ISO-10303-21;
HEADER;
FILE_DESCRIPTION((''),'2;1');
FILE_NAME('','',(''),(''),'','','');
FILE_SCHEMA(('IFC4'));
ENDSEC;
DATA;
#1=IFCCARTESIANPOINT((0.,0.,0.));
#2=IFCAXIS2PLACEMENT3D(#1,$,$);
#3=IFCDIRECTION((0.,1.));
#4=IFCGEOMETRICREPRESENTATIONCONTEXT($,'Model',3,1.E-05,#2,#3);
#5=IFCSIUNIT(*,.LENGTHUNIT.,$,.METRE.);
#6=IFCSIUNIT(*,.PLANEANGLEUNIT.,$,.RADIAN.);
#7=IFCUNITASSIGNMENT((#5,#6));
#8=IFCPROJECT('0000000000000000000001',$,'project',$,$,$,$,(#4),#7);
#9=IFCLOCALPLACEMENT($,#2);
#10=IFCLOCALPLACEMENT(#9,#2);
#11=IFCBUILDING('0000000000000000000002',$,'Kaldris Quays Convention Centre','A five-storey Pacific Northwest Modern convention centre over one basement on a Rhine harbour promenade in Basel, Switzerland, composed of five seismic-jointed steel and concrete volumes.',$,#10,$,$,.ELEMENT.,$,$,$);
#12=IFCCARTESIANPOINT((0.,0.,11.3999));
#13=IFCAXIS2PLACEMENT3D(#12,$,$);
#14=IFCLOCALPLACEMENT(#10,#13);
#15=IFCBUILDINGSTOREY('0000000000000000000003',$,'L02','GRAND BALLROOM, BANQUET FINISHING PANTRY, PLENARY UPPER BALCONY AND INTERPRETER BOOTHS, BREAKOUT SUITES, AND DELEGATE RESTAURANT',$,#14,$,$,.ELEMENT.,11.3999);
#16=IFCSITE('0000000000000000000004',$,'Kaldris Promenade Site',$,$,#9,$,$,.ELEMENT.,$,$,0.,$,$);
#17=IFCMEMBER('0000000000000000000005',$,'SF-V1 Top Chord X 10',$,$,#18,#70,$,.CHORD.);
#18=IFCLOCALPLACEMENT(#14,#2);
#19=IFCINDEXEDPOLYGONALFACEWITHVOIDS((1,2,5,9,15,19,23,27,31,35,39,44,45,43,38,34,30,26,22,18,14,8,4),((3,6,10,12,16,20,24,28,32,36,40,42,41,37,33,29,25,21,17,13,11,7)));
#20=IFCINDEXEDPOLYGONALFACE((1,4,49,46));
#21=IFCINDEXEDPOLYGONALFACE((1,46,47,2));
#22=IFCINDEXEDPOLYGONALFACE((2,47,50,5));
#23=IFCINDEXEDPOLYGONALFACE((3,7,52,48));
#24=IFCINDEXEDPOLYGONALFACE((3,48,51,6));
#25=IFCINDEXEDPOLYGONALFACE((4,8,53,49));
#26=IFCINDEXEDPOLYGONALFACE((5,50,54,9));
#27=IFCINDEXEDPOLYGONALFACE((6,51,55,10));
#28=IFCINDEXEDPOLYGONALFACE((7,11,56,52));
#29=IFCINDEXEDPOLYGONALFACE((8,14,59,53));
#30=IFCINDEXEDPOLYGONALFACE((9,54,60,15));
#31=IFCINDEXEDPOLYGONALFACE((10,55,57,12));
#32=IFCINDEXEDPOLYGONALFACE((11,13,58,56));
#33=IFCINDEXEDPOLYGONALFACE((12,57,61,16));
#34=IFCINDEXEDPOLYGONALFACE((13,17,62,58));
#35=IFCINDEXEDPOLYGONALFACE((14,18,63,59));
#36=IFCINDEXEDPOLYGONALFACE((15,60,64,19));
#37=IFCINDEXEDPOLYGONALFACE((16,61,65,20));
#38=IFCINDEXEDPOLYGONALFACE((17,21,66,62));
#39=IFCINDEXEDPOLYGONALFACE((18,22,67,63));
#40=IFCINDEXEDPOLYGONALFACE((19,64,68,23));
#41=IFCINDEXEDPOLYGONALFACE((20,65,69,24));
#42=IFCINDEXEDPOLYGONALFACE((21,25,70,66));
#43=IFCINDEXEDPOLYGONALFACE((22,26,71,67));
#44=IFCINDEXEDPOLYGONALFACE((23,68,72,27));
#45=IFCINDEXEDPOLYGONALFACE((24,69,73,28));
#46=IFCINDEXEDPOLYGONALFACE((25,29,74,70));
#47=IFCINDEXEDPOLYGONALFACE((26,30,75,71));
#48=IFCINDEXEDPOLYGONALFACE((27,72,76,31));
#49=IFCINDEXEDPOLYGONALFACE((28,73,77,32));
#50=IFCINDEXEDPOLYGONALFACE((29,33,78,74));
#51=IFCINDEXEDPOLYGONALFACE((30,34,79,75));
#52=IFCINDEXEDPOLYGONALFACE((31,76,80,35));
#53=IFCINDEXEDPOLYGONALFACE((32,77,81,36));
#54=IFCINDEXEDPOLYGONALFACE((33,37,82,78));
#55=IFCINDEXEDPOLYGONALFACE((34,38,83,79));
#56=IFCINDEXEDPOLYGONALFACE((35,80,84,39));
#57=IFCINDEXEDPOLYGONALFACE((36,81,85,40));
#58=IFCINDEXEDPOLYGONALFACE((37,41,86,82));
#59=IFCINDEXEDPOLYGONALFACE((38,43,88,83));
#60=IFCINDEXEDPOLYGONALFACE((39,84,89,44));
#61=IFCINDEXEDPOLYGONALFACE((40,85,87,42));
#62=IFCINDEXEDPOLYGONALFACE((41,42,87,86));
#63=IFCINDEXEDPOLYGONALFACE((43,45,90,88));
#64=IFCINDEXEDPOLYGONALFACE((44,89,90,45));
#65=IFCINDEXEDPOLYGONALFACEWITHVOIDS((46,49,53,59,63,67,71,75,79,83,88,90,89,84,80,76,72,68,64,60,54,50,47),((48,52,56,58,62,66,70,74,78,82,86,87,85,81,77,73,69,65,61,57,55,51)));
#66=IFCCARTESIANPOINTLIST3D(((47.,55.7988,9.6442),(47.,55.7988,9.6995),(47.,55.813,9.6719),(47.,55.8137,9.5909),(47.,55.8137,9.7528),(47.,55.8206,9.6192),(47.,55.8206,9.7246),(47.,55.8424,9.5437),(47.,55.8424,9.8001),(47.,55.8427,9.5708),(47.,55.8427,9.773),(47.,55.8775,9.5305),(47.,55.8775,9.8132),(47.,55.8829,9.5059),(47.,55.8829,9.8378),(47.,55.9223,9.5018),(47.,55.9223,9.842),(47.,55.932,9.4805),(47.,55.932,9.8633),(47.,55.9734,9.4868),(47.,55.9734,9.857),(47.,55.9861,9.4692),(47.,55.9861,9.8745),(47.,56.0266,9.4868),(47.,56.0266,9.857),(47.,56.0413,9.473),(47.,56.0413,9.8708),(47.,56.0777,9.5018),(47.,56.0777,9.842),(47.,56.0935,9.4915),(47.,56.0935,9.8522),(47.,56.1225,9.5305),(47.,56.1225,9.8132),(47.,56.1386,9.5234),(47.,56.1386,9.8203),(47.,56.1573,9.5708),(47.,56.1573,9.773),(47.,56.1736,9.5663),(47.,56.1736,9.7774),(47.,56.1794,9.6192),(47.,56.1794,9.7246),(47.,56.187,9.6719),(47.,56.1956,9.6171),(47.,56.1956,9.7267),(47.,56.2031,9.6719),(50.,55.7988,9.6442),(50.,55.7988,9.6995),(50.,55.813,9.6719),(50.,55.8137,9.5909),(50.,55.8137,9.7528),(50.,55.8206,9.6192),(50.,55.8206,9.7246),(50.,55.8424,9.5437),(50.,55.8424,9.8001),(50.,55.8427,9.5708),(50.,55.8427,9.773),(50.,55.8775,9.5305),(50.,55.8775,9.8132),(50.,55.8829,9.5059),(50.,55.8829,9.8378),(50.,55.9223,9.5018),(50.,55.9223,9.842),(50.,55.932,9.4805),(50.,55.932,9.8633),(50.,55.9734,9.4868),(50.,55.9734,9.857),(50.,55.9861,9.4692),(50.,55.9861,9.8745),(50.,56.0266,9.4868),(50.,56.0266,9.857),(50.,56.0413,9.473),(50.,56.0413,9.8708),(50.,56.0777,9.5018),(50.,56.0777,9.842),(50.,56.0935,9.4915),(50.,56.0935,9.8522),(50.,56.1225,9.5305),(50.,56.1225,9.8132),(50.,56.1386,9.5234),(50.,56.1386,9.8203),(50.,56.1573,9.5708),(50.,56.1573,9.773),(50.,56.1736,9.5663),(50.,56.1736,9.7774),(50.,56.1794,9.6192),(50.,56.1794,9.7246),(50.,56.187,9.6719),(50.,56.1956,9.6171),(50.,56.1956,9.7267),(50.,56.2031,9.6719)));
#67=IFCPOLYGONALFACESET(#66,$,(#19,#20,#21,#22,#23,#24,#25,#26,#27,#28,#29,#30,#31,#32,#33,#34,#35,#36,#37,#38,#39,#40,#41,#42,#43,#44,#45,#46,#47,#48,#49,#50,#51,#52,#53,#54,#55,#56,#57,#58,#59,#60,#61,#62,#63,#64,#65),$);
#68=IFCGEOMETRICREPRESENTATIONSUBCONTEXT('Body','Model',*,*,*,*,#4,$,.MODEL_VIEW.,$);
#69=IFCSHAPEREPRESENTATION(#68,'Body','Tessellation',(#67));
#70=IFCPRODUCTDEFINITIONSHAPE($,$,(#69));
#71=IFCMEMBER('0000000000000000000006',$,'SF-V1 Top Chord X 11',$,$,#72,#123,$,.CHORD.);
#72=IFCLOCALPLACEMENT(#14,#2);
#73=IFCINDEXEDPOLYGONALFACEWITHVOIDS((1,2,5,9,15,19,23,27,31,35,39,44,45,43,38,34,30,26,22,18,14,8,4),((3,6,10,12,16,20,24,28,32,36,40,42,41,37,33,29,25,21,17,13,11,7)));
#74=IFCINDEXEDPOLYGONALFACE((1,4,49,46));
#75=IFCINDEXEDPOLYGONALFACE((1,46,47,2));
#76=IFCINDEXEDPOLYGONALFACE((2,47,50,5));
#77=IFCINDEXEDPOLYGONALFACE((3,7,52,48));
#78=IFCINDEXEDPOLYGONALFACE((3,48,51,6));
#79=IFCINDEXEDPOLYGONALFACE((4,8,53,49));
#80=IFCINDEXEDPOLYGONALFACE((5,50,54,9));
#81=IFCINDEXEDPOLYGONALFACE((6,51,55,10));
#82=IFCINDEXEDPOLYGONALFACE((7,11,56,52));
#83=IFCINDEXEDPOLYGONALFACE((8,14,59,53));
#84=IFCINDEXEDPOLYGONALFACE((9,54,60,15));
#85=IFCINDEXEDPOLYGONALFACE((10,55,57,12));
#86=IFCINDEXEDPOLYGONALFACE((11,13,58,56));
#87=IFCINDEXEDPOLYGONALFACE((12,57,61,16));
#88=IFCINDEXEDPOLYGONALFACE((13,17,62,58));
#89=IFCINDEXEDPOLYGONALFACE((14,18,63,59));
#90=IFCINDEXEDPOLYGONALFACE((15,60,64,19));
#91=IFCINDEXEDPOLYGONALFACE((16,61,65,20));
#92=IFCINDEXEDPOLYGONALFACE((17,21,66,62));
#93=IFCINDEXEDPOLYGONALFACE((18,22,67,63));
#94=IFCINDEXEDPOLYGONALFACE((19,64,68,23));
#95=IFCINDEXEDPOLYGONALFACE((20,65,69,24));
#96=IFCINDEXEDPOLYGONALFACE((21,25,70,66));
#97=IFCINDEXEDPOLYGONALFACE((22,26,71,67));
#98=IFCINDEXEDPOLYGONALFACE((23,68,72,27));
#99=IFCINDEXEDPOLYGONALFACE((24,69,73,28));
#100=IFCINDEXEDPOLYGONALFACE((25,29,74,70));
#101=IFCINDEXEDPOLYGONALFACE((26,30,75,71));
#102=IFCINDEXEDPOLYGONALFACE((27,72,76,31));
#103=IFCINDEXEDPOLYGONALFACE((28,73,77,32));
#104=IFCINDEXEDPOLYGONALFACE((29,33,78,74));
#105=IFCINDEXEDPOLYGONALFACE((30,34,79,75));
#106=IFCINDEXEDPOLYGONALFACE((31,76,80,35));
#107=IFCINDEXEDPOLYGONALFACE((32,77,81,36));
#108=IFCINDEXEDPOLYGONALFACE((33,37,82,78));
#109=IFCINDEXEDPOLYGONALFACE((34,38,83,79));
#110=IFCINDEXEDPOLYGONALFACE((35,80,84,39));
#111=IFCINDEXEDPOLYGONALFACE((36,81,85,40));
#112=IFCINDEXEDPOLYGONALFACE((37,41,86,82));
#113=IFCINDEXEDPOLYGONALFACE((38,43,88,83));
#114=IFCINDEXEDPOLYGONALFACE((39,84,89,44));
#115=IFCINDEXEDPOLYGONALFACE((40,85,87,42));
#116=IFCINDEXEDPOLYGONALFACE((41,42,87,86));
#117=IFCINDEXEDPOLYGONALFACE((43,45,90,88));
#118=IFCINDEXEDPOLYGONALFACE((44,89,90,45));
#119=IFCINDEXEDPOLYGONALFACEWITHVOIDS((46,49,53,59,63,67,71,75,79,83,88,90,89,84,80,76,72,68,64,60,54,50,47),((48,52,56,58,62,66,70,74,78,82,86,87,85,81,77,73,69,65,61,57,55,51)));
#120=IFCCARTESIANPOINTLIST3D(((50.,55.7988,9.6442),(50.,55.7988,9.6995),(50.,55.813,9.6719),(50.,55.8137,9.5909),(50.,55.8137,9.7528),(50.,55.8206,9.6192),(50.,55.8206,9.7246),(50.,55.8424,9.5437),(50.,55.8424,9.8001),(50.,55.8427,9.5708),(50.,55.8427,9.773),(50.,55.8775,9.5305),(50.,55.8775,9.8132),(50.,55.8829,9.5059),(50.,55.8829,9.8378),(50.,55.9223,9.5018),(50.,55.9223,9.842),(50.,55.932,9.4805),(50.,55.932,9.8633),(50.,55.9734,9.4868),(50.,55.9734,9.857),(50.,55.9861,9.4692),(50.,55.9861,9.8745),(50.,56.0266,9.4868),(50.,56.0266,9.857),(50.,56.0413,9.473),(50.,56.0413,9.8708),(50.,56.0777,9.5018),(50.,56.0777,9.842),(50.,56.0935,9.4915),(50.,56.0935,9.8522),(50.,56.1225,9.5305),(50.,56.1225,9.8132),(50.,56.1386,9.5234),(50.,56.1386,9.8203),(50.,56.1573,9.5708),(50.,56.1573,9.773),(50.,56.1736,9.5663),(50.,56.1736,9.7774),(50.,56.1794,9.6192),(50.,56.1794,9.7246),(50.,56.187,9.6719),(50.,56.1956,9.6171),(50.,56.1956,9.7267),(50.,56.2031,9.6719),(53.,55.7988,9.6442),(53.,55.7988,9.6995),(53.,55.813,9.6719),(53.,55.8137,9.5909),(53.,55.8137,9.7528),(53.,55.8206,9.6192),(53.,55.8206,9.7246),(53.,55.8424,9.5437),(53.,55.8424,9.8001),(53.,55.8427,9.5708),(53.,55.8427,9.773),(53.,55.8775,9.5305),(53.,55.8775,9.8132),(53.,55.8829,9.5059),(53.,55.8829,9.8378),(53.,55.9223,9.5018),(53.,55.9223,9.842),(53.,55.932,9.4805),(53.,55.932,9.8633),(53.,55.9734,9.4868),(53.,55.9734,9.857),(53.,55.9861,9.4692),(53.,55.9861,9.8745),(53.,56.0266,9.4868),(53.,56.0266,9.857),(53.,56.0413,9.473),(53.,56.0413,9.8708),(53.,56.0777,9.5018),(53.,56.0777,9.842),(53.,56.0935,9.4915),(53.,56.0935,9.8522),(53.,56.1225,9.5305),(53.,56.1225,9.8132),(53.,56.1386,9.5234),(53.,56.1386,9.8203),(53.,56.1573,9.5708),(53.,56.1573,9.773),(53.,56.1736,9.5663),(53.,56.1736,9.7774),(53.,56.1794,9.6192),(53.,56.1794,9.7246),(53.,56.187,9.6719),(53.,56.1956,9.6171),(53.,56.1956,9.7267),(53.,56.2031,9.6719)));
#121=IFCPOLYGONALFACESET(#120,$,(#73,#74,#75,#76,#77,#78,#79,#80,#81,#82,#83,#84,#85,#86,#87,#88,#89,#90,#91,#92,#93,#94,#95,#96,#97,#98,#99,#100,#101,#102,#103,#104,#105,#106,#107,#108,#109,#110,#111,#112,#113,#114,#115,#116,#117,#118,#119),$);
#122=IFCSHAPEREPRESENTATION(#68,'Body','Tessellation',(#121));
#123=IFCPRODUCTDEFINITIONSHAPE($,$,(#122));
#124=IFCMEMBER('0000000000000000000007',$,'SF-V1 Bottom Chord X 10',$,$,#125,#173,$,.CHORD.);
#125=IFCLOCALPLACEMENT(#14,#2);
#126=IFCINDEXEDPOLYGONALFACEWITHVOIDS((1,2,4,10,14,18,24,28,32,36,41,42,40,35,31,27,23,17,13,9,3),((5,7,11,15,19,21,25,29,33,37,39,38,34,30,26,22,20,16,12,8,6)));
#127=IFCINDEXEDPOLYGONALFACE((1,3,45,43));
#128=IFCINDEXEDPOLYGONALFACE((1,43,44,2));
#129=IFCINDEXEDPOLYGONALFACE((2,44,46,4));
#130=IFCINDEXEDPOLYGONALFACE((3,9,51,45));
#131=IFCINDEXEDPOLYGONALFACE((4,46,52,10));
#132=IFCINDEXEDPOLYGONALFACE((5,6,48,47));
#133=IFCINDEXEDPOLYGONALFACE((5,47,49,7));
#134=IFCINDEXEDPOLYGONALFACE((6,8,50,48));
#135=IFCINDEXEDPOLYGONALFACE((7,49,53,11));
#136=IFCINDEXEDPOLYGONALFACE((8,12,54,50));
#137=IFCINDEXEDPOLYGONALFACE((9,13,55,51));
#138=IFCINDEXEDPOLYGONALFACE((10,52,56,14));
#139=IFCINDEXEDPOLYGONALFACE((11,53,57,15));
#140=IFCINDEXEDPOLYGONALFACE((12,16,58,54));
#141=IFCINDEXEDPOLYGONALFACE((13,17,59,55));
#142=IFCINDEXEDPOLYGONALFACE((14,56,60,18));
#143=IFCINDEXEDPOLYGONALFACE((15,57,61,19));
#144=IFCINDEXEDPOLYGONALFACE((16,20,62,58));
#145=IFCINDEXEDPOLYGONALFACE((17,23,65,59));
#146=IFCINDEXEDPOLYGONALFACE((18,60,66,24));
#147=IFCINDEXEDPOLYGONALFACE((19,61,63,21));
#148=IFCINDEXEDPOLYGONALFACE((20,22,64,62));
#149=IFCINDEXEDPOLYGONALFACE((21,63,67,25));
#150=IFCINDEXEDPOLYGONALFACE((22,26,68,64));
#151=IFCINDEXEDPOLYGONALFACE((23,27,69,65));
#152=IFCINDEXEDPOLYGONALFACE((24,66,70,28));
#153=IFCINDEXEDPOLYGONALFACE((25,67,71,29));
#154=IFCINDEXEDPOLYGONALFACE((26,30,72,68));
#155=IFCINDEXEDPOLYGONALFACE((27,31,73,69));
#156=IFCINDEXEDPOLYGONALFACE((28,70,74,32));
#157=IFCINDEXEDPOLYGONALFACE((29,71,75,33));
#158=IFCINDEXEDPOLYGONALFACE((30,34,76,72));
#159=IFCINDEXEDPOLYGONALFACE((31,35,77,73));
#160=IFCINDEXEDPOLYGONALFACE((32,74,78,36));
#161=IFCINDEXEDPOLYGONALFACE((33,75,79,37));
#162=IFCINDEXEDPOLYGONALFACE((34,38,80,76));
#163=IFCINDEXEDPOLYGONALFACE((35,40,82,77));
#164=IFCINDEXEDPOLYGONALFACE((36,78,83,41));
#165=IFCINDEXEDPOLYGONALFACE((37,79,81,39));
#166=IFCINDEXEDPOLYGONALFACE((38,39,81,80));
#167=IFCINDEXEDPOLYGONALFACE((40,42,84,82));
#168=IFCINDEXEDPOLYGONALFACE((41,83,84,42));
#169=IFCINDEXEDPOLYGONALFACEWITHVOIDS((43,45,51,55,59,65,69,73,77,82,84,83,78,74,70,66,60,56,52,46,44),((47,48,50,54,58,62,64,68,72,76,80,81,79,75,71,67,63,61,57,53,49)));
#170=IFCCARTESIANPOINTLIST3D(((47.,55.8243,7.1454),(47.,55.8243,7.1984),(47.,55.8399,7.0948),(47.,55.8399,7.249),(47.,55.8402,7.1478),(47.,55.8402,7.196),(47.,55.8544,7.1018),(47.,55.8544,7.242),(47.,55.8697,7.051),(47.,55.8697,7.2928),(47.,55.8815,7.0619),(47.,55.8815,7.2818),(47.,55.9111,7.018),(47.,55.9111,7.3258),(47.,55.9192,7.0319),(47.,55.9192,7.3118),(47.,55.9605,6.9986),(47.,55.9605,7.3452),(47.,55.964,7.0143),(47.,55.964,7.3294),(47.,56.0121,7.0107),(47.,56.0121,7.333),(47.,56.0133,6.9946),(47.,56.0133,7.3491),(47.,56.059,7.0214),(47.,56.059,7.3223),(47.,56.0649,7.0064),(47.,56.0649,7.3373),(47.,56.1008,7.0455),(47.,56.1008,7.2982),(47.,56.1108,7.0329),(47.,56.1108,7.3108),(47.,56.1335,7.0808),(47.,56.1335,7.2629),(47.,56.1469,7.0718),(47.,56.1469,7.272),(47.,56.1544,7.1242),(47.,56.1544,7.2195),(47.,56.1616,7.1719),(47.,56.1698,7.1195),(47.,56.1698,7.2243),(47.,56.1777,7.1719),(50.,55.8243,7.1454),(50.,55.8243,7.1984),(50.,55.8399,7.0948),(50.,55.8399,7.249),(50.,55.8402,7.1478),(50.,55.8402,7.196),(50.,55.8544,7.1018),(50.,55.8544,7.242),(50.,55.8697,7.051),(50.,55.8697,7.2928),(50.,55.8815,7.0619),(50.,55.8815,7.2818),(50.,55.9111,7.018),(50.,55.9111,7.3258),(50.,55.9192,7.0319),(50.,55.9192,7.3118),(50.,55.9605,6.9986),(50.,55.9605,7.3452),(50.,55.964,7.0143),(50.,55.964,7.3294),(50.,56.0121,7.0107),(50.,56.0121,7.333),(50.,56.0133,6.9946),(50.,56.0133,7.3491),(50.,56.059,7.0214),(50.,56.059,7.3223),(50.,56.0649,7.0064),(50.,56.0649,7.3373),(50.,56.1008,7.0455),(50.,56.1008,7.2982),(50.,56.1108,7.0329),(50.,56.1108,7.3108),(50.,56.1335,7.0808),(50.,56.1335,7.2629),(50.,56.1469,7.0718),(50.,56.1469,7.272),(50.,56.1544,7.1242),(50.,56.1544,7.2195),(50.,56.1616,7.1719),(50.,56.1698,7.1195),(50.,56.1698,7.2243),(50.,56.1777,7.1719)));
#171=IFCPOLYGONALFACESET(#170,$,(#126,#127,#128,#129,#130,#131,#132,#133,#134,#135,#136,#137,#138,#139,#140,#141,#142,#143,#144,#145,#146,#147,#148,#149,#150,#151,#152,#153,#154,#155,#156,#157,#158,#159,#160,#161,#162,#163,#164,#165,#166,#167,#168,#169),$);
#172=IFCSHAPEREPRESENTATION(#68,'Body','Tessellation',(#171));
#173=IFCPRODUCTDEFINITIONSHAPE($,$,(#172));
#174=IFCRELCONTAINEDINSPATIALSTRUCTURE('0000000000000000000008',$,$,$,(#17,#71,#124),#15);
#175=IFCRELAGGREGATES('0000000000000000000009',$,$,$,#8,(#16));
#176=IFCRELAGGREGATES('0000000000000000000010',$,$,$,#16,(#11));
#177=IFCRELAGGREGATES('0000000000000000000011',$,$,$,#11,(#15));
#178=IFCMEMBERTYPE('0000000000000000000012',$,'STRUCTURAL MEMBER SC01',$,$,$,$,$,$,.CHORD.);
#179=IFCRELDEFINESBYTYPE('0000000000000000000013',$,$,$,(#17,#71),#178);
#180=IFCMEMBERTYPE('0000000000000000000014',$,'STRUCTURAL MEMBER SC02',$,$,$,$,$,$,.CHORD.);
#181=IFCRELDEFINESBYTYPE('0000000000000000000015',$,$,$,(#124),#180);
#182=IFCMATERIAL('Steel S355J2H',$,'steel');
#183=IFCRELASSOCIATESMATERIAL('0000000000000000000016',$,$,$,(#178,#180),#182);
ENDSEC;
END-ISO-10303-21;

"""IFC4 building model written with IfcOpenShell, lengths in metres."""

from ifc_helpers import new_model, si_unit, direction, frame, origin, origin_2d, place, context, subcontext, project, spatial, hollow_circle, extrude, material, material_profile, profile_set, type_object, element, save


model = new_model("IFC4")

# Units and contexts
model_context = context("Model", 3, precision=1e-05, world=origin(), true_north=direction((0.0, 1.0)))
body_context = subcontext(model_context, "Body", "Model", "MODEL_VIEW")
ifc_project = project(units=[si_unit("LENGTHUNIT", "METRE"), si_unit("PLANEANGLEUNIT", "RADIAN")], contexts=[model_context])

# Site, building, storey
site_placement = place(None, origin())
site = spatial("IfcSite", under=ifc_project, at=site_placement, Name="Kaldris Promenade Site", CompositionType="ELEMENT", RefElevation=0.0)
building_placement = place(site_placement, origin())
building = spatial("IfcBuilding", under=site, at=building_placement, Name="Kaldris Quays Convention Centre", Description="A five-storey Pacific Northwest Modern convention centre over one basement on a Rhine harbour promenade in Basel, Switzerland, composed of five seismic-jointed steel and concrete volumes.", CompositionType="ELEMENT")
storey_placement = place(building_placement, frame((0.0, 0.0, 11.3999)))
storey = spatial("IfcBuildingStorey", under=building, at=storey_placement, Name="L02", Description="GRAND BALLROOM, BANQUET FINISHING PANTRY, PLENARY UPPER BALCONY AND INTERPRETER BOOTHS, BREAKOUT SUITES, AND DELEGATE RESTAURANT", CompositionType="ELEMENT", Elevation=11.3999)

# Members
ifc_material_1 = material(Name="Steel S355J2H", Category="steel")
ifc_material_profile_1 = material_profile(ifc_material_1, hollow_circle(Radius=0.2031, WallThickness=0.0161, at=origin_2d()), Name="CHS 406.4x16")
ifc_profile_set_1 = profile_set([ifc_material_profile_1], Name="Steel S355J2H")
member_type_1 = type_object("IfcMemberType", Name="STRUCTURAL MEMBER SC01", PredefinedType="CHORD", material=ifc_profile_set_1)
for number, where, z_axis, x_axis, name in (
    (1, (47.0, 56.0, 9.6719), (1.0, 0.0, 0.0), (0.0, 1.0, 0.0), "SF-V1 Top Chord X 10"),
    (2, (50.0, 56.0, 9.6719), (1.0, 0.0, 0.0), (0.0, 1.0, 0.0), "SF-V1 Top Chord X 11"),
):
    element("IfcMember", number, at=place(storey_placement, frame(where, z_axis=z_axis, x_axis=x_axis)), inside=storey, type_object=member_type_1, Name=name, PredefinedType="CHORD", context=body_context, shape_type="SweptSolid", body=[
        extrude(hollow_circle(Radius=0.2031, WallThickness=0.0161, at=origin_2d()), origin(), (0.0, 0.0, 1.0), 3.0),
    ])
ifc_material_profile_2 = material_profile(ifc_material_1, hollow_circle(Radius=0.1777, WallThickness=0.0161, at=origin_2d()), Name="CHS 355.6x16")
ifc_profile_set_2 = profile_set([ifc_material_profile_2], Name="Steel S355J2H")
member_type_2 = type_object("IfcMemberType", Name="STRUCTURAL MEMBER SC02", PredefinedType="CHORD", material=ifc_profile_set_2)
for number, where, z_axis, x_axis, name in (
    (3, (47.0, 56.0, 7.1719), (1.0, 0.0, 0.0), (0.0, 1.0, 0.0), "SF-V1 Bottom Chord X 10"),
):
    element("IfcMember", number, at=place(storey_placement, frame(where, z_axis=z_axis, x_axis=x_axis)), inside=storey, type_object=member_type_2, Name=name, PredefinedType="CHORD", context=body_context, shape_type="SweptSolid", body=[
        extrude(hollow_circle(Radius=0.1777, WallThickness=0.0161, at=origin_2d()), origin(), (0.0, 0.0, 1.0), 3.0),
    ])

save(model, "model.ifc")
